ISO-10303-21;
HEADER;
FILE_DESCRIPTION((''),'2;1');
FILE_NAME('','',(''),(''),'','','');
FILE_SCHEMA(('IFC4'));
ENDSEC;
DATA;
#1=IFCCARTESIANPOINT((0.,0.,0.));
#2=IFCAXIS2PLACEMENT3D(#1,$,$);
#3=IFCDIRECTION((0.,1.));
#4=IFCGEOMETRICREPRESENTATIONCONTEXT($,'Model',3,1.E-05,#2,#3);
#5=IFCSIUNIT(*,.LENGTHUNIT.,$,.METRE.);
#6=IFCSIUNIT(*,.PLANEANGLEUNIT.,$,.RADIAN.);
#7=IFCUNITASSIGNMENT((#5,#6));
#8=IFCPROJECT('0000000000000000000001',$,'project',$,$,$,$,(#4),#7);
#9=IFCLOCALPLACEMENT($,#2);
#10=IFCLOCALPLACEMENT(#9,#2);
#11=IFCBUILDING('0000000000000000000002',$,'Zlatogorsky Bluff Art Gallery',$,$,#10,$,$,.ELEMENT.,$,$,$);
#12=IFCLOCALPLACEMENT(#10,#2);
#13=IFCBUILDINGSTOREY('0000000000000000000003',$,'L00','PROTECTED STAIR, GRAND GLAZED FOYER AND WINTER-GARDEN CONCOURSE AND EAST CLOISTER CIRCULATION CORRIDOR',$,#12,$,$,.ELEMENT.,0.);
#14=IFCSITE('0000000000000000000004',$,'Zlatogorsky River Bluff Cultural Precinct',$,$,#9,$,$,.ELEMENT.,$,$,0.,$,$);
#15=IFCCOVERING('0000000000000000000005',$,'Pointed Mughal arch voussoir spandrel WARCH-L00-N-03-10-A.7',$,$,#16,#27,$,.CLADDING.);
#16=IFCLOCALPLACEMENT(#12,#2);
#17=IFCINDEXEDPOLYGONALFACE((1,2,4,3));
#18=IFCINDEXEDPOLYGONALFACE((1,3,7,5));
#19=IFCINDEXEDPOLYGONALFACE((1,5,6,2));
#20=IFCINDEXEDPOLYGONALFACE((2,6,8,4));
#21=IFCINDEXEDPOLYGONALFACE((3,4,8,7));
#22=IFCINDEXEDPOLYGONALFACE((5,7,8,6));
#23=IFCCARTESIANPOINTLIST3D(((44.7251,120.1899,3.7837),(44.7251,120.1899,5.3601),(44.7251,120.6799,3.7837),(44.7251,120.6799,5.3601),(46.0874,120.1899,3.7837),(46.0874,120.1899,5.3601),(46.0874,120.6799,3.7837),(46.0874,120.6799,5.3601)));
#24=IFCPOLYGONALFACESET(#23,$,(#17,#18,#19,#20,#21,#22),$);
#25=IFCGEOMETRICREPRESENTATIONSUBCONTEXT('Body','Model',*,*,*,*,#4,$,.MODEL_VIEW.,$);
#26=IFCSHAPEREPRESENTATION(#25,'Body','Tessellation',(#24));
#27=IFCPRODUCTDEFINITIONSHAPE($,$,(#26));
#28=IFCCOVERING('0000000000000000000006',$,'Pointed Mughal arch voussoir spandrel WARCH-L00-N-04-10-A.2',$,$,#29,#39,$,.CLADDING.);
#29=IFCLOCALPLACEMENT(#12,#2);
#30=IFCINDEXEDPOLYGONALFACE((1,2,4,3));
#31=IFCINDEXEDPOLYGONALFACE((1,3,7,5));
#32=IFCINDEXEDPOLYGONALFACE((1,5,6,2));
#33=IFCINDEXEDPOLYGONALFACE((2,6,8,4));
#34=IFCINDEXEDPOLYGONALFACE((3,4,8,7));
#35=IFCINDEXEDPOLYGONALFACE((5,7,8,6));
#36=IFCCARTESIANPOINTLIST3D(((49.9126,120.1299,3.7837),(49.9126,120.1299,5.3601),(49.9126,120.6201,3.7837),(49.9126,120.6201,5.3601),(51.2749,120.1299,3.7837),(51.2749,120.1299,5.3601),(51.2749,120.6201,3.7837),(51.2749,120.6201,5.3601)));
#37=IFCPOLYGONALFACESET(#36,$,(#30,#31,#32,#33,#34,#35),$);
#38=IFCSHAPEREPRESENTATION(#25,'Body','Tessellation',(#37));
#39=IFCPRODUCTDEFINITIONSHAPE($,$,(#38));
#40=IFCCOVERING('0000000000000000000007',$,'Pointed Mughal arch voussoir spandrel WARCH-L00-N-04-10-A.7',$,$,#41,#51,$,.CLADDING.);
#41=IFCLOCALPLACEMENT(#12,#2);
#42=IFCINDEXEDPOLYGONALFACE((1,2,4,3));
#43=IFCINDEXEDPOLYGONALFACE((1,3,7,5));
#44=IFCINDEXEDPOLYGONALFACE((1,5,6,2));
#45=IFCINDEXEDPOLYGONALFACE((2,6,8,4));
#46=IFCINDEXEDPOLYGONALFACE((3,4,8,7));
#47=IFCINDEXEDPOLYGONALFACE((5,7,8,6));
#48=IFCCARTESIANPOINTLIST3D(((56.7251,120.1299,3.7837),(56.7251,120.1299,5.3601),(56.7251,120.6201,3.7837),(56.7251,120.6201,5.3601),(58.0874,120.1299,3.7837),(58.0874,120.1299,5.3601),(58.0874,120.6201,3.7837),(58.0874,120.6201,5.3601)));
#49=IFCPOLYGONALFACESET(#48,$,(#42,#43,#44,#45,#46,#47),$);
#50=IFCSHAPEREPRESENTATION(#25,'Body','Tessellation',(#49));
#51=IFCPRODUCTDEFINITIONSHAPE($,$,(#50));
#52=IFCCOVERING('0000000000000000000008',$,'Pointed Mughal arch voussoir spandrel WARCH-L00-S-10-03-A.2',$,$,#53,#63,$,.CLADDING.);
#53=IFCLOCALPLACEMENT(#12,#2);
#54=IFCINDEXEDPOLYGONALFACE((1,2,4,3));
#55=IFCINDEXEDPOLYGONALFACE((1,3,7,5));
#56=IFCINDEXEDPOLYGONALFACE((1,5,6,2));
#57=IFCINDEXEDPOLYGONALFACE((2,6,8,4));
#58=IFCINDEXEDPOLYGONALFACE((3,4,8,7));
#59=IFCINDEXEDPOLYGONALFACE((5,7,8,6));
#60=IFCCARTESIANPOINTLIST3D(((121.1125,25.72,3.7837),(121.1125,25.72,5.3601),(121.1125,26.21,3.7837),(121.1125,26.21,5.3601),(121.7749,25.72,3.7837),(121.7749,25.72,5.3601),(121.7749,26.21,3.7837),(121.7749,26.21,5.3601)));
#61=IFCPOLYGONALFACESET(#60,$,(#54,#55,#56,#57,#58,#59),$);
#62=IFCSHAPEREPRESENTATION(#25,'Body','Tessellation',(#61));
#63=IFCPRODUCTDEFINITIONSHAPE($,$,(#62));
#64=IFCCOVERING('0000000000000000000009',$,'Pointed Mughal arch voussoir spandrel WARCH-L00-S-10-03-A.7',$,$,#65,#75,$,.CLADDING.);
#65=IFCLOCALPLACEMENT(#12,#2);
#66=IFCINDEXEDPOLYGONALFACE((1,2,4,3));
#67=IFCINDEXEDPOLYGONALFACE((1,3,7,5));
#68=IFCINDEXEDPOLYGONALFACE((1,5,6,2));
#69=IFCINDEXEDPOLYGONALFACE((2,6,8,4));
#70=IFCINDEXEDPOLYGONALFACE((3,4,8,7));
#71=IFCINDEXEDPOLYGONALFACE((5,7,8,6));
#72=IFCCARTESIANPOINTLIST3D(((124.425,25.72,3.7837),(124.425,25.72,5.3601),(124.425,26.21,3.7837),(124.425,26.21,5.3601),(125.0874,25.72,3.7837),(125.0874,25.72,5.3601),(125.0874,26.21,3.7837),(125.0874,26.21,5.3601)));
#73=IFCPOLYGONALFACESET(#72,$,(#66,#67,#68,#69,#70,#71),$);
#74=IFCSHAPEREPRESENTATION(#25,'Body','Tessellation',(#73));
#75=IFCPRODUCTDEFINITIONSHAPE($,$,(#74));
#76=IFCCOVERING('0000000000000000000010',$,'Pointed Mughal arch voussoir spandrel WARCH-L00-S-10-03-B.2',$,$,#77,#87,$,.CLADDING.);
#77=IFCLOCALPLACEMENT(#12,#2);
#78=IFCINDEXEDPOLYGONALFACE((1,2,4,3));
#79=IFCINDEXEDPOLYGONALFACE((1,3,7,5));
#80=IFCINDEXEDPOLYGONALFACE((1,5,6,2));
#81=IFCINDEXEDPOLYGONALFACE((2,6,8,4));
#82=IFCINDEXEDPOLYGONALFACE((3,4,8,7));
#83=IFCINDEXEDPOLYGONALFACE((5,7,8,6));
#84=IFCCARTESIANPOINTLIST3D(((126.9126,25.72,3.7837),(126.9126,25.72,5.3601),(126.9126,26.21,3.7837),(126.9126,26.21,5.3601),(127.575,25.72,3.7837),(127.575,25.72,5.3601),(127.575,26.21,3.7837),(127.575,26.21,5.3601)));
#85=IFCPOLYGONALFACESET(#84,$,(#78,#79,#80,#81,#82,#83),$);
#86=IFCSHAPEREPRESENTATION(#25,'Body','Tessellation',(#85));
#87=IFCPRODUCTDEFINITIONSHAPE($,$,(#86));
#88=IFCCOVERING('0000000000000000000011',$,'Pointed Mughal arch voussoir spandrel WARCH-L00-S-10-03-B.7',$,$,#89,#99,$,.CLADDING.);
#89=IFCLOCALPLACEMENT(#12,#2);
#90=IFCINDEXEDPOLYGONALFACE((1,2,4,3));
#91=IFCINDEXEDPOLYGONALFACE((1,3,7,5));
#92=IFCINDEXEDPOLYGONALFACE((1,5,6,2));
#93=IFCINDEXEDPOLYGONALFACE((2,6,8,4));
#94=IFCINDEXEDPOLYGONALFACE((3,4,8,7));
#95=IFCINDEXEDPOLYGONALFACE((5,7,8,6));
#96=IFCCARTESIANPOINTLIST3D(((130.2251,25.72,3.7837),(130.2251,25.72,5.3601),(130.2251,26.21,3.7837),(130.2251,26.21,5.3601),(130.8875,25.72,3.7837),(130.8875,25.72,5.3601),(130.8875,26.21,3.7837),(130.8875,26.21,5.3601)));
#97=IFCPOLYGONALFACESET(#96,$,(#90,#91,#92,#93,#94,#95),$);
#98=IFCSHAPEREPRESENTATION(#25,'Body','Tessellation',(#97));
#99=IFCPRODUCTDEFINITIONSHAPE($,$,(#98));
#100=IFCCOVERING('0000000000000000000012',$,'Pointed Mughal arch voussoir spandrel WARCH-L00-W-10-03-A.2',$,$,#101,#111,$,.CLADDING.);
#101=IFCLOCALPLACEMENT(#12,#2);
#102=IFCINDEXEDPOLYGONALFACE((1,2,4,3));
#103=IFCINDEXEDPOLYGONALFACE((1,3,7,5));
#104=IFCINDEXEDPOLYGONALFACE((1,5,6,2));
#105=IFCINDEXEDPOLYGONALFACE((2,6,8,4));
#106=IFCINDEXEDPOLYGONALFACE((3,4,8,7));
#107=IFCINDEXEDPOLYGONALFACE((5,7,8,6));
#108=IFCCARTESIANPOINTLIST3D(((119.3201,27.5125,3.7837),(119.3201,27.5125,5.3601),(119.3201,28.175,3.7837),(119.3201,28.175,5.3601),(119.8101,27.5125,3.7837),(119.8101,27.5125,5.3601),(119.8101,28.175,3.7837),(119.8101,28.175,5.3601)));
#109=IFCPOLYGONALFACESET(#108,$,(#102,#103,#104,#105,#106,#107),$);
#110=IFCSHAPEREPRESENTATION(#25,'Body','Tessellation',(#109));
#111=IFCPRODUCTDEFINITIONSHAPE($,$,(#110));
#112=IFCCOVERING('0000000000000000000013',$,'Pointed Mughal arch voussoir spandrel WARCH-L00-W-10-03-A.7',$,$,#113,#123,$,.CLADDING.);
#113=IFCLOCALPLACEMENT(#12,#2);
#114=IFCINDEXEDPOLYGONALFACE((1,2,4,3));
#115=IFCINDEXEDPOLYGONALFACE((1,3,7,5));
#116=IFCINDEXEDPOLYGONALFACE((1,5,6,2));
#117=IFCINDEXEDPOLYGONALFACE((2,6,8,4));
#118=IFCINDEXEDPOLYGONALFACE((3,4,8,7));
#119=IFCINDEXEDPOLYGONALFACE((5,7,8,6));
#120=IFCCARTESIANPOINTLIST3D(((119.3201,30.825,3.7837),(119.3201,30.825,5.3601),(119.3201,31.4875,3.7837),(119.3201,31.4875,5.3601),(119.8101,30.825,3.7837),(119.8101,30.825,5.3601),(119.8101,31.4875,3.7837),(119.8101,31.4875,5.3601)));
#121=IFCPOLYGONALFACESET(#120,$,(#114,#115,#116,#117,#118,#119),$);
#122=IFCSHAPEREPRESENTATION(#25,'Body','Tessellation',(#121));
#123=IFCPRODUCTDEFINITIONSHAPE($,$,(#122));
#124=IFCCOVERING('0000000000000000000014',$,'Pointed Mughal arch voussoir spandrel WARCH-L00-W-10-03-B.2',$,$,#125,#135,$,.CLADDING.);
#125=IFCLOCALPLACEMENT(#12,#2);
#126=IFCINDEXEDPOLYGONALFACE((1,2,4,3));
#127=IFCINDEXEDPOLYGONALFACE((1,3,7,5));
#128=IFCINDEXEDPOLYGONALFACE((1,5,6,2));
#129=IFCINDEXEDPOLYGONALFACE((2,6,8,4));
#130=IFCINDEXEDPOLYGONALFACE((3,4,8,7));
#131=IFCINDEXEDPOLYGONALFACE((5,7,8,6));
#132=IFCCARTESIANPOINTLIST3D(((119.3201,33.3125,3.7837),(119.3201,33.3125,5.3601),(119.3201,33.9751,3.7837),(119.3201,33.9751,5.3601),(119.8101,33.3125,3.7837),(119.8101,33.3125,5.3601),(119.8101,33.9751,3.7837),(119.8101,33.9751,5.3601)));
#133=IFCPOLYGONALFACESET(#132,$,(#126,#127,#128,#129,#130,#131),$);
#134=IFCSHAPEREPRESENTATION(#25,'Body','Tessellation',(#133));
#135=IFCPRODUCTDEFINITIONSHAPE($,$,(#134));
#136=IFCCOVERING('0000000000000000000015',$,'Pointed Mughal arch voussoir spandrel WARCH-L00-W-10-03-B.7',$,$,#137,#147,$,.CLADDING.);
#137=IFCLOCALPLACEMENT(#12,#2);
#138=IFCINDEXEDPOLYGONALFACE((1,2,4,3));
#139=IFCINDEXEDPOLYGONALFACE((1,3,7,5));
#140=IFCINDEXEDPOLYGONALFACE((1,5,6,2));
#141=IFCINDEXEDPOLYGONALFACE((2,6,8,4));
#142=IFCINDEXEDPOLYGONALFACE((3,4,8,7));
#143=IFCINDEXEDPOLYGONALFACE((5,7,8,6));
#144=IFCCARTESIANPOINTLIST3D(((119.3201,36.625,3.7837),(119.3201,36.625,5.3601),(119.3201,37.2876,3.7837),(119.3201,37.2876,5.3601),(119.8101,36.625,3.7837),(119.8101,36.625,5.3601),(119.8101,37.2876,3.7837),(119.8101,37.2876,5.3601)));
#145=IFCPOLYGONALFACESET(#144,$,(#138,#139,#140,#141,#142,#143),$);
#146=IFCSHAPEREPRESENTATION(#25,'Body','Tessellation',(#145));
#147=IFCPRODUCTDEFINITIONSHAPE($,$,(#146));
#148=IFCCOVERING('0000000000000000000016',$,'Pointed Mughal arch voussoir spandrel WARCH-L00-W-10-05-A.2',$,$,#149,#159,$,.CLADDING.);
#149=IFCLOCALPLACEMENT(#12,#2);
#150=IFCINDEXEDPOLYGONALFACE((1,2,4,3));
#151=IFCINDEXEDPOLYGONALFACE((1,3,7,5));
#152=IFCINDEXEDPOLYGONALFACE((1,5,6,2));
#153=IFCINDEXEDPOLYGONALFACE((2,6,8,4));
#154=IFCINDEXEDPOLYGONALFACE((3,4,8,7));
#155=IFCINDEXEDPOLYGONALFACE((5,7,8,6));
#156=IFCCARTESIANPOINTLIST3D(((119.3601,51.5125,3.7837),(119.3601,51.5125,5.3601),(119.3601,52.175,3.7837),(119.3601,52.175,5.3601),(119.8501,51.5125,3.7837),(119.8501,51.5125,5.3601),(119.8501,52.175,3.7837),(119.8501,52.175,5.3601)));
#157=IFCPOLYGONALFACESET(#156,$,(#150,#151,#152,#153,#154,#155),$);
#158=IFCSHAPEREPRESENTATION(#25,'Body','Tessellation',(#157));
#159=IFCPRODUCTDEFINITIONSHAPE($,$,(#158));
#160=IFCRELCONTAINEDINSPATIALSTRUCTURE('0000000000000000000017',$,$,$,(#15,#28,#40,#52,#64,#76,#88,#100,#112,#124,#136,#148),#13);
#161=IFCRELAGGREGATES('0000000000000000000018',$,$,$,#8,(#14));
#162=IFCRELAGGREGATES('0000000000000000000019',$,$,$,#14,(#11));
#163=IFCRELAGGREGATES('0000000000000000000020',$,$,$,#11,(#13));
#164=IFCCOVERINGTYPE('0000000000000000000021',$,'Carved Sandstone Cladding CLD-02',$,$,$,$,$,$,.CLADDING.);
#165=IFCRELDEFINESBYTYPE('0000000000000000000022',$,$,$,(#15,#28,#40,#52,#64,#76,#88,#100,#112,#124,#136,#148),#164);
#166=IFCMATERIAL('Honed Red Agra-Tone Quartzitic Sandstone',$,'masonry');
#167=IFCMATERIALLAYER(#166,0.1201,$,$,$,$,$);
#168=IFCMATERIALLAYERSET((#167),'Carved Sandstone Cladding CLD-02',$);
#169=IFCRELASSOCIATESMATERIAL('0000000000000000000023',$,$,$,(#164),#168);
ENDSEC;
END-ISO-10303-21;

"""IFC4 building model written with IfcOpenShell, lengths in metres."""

from ifc_helpers import new_model, si_unit, direction, frame, origin, place, context, subcontext, project, spatial, polyline, outline, extrude, material, layer, layer_set, type_object, element, save


model = new_model("IFC4")

# Units and contexts
model_context = context("Model", 3, precision=1e-05, world=origin(), true_north=direction((0.0, 1.0)))
body_context = subcontext(model_context, "Body", "Model", "MODEL_VIEW")
ifc_project = project(units=[si_unit("LENGTHUNIT", "METRE"), si_unit("PLANEANGLEUNIT", "RADIAN")], contexts=[model_context])

# Site, building, storey
site_placement = place(None, origin())
site = spatial("IfcSite", under=ifc_project, at=site_placement, Name="Zlatogorsky River Bluff Cultural Precinct", CompositionType="ELEMENT", RefElevation=0.0)
building_placement = place(site_placement, origin())
building = spatial("IfcBuilding", under=site, at=building_placement, Name="Zlatogorsky Bluff Art Gallery", CompositionType="ELEMENT")
storey_placement = place(building_placement, origin())
storey = spatial("IfcBuildingStorey", under=building, at=storey_placement, Name="L00", Description="PROTECTED STAIR, GRAND GLAZED FOYER AND WINTER-GARDEN CONCOURSE AND EAST CLOISTER CIRCULATION CORRIDOR", CompositionType="ELEMENT", Elevation=0.0)

# Coverings
ifc_material = material(Name="Honed Red Agra-Tone Quartzitic Sandstone", Category="masonry")
ifc_layer = layer(ifc_material, 0.1201)
ifc_layer_set = layer_set([ifc_layer], Name="Carved Sandstone Cladding CLD-02")
covering_type = type_object("IfcCoveringType", Name="Carved Sandstone Cladding CLD-02", PredefinedType="CLADDING", material=ifc_layer_set)
covering_1_placement = place(storey_placement, frame((0.0, 0.0, 3.7837)))
element("IfcCovering", 1, at=covering_1_placement, inside=storey, type_object=covering_type, Name="Pointed Mughal arch voussoir spandrel WARCH-L00-N-03-10-A.7", PredefinedType="CLADDING", context=body_context, shape_type="SweptSolid", body=[
    extrude(outline(polyline([(44.7251, 120.1899), (46.0874, 120.1899), (46.0874, 120.6799), (44.7251, 120.6799), (44.7251, 120.1899)])), origin(), (0.0, 0.0, 1.0), 1.5764),
])
covering_2_placement = place(storey_placement, frame((0.0, 0.0, 3.7837)))
element("IfcCovering", 2, at=covering_2_placement, inside=storey, type_object=covering_type, Name="Pointed Mughal arch voussoir spandrel WARCH-L00-N-04-10-A.2", PredefinedType="CLADDING", context=body_context, shape_type="SweptSolid", body=[
    extrude(outline(polyline([(49.9126, 120.1299), (51.2749, 120.1299), (51.2749, 120.6201), (49.9126, 120.6201), (49.9126, 120.1299)])), origin(), (0.0, 0.0, 1.0), 1.5764),
])
covering_3_placement = place(storey_placement, frame((0.0, 0.0, 3.7837)))
element("IfcCovering", 3, at=covering_3_placement, inside=storey, type_object=covering_type, Name="Pointed Mughal arch voussoir spandrel WARCH-L00-N-04-10-A.7", PredefinedType="CLADDING", context=body_context, shape_type="SweptSolid", body=[
    extrude(outline(polyline([(56.7251, 120.1299), (58.0874, 120.1299), (58.0874, 120.6201), (56.7251, 120.6201), (56.7251, 120.1299)])), origin(), (0.0, 0.0, 1.0), 1.5764),
])
covering_4_placement = place(storey_placement, frame((0.0, 0.0, 3.7837)))
element("IfcCovering", 4, at=covering_4_placement, inside=storey, type_object=covering_type, Name="Pointed Mughal arch voussoir spandrel WARCH-L00-S-10-03-A.2", PredefinedType="CLADDING", context=body_context, shape_type="SweptSolid", body=[
    extrude(outline(polyline([(121.1125, 25.72), (121.7749, 25.72), (121.7749, 26.21), (121.1125, 26.21), (121.1125, 25.72)])), origin(), (0.0, 0.0, 1.0), 1.5764),
])
covering_5_placement = place(storey_placement, frame((0.0, 0.0, 3.7837)))
element("IfcCovering", 5, at=covering_5_placement, inside=storey, type_object=covering_type, Name="Pointed Mughal arch voussoir spandrel WARCH-L00-S-10-03-A.7", PredefinedType="CLADDING", context=body_context, shape_type="SweptSolid", body=[
    extrude(outline(polyline([(124.425, 25.72), (125.0874, 25.72), (125.0874, 26.21), (124.425, 26.21), (124.425, 25.72)])), origin(), (0.0, 0.0, 1.0), 1.5764),
])
covering_6_placement = place(storey_placement, frame((0.0, 0.0, 3.7837)))
element("IfcCovering", 6, at=covering_6_placement, inside=storey, type_object=covering_type, Name="Pointed Mughal arch voussoir spandrel WARCH-L00-S-10-03-B.2", PredefinedType="CLADDING", context=body_context, shape_type="SweptSolid", body=[
    extrude(outline(polyline([(126.9126, 25.72), (127.575, 25.72), (127.575, 26.21), (126.9126, 26.21), (126.9126, 25.72)])), origin(), (0.0, 0.0, 1.0), 1.5764),
])
covering_7_placement = place(storey_placement, frame((0.0, 0.0, 3.7837)))
element("IfcCovering", 7, at=covering_7_placement, inside=storey, type_object=covering_type, Name="Pointed Mughal arch voussoir spandrel WARCH-L00-S-10-03-B.7", PredefinedType="CLADDING", context=body_context, shape_type="SweptSolid", body=[
    extrude(outline(polyline([(130.2251, 25.72), (130.8875, 25.72), (130.8875, 26.21), (130.2251, 26.21), (130.2251, 25.72)])), origin(), (0.0, 0.0, 1.0), 1.5764),
])
covering_8_placement = place(storey_placement, frame((0.0, 0.0, 3.7837)))
element("IfcCovering", 8, at=covering_8_placement, inside=storey, type_object=covering_type, Name="Pointed Mughal arch voussoir spandrel WARCH-L00-W-10-03-A.2", PredefinedType="CLADDING", context=body_context, shape_type="SweptSolid", body=[
    extrude(outline(polyline([(119.3201, 27.5125), (119.3201, 28.175), (119.8101, 28.175), (119.8101, 27.5125), (119.3201, 27.5125)])), origin(), (0.0, 0.0, 1.0), 1.5764),
])
covering_9_placement = place(storey_placement, frame((0.0, 0.0, 3.7837)))
element("IfcCovering", 9, at=covering_9_placement, inside=storey, type_object=covering_type, Name="Pointed Mughal arch voussoir spandrel WARCH-L00-W-10-03-A.7", PredefinedType="CLADDING", context=body_context, shape_type="SweptSolid", body=[
    extrude(outline(polyline([(119.3201, 30.825), (119.3201, 31.4875), (119.8101, 31.4875), (119.8101, 30.825), (119.3201, 30.825)])), origin(), (0.0, 0.0, 1.0), 1.5764),
])
covering_10_placement = place(storey_placement, frame((0.0, 0.0, 3.7837)))
element("IfcCovering", 10, at=covering_10_placement, inside=storey, type_object=covering_type, Name="Pointed Mughal arch voussoir spandrel WARCH-L00-W-10-03-B.2", PredefinedType="CLADDING", context=body_context, shape_type="SweptSolid", body=[
    extrude(outline(polyline([(119.3201, 33.3125), (119.3201, 33.9751), (119.8101, 33.9751), (119.8101, 33.3125), (119.3201, 33.3125)])), origin(), (0.0, 0.0, 1.0), 1.5764),
])
covering_11_placement = place(storey_placement, frame((0.0, 0.0, 3.7837)))
element("IfcCovering", 11, at=covering_11_placement, inside=storey, type_object=covering_type, Name="Pointed Mughal arch voussoir spandrel WARCH-L00-W-10-03-B.7", PredefinedType="CLADDING", context=body_context, shape_type="SweptSolid", body=[
    extrude(outline(polyline([(119.3201, 36.625), (119.3201, 37.2876), (119.8101, 37.2876), (119.8101, 36.625), (119.3201, 36.625)])), origin(), (0.0, 0.0, 1.0), 1.5764),
])
covering_12_placement = place(storey_placement, frame((0.0, 0.0, 3.7837)))
element("IfcCovering", 12, at=covering_12_placement, inside=storey, type_object=covering_type, Name="Pointed Mughal arch voussoir spandrel WARCH-L00-W-10-05-A.2", PredefinedType="CLADDING", context=body_context, shape_type="SweptSolid", body=[
    extrude(outline(polyline([(119.3601, 51.5125), (119.3601, 52.175), (119.8501, 52.175), (119.8501, 51.5125), (119.3601, 51.5125)])), origin(), (0.0, 0.0, 1.0), 1.5764),
])

save(model, "model.ifc")
